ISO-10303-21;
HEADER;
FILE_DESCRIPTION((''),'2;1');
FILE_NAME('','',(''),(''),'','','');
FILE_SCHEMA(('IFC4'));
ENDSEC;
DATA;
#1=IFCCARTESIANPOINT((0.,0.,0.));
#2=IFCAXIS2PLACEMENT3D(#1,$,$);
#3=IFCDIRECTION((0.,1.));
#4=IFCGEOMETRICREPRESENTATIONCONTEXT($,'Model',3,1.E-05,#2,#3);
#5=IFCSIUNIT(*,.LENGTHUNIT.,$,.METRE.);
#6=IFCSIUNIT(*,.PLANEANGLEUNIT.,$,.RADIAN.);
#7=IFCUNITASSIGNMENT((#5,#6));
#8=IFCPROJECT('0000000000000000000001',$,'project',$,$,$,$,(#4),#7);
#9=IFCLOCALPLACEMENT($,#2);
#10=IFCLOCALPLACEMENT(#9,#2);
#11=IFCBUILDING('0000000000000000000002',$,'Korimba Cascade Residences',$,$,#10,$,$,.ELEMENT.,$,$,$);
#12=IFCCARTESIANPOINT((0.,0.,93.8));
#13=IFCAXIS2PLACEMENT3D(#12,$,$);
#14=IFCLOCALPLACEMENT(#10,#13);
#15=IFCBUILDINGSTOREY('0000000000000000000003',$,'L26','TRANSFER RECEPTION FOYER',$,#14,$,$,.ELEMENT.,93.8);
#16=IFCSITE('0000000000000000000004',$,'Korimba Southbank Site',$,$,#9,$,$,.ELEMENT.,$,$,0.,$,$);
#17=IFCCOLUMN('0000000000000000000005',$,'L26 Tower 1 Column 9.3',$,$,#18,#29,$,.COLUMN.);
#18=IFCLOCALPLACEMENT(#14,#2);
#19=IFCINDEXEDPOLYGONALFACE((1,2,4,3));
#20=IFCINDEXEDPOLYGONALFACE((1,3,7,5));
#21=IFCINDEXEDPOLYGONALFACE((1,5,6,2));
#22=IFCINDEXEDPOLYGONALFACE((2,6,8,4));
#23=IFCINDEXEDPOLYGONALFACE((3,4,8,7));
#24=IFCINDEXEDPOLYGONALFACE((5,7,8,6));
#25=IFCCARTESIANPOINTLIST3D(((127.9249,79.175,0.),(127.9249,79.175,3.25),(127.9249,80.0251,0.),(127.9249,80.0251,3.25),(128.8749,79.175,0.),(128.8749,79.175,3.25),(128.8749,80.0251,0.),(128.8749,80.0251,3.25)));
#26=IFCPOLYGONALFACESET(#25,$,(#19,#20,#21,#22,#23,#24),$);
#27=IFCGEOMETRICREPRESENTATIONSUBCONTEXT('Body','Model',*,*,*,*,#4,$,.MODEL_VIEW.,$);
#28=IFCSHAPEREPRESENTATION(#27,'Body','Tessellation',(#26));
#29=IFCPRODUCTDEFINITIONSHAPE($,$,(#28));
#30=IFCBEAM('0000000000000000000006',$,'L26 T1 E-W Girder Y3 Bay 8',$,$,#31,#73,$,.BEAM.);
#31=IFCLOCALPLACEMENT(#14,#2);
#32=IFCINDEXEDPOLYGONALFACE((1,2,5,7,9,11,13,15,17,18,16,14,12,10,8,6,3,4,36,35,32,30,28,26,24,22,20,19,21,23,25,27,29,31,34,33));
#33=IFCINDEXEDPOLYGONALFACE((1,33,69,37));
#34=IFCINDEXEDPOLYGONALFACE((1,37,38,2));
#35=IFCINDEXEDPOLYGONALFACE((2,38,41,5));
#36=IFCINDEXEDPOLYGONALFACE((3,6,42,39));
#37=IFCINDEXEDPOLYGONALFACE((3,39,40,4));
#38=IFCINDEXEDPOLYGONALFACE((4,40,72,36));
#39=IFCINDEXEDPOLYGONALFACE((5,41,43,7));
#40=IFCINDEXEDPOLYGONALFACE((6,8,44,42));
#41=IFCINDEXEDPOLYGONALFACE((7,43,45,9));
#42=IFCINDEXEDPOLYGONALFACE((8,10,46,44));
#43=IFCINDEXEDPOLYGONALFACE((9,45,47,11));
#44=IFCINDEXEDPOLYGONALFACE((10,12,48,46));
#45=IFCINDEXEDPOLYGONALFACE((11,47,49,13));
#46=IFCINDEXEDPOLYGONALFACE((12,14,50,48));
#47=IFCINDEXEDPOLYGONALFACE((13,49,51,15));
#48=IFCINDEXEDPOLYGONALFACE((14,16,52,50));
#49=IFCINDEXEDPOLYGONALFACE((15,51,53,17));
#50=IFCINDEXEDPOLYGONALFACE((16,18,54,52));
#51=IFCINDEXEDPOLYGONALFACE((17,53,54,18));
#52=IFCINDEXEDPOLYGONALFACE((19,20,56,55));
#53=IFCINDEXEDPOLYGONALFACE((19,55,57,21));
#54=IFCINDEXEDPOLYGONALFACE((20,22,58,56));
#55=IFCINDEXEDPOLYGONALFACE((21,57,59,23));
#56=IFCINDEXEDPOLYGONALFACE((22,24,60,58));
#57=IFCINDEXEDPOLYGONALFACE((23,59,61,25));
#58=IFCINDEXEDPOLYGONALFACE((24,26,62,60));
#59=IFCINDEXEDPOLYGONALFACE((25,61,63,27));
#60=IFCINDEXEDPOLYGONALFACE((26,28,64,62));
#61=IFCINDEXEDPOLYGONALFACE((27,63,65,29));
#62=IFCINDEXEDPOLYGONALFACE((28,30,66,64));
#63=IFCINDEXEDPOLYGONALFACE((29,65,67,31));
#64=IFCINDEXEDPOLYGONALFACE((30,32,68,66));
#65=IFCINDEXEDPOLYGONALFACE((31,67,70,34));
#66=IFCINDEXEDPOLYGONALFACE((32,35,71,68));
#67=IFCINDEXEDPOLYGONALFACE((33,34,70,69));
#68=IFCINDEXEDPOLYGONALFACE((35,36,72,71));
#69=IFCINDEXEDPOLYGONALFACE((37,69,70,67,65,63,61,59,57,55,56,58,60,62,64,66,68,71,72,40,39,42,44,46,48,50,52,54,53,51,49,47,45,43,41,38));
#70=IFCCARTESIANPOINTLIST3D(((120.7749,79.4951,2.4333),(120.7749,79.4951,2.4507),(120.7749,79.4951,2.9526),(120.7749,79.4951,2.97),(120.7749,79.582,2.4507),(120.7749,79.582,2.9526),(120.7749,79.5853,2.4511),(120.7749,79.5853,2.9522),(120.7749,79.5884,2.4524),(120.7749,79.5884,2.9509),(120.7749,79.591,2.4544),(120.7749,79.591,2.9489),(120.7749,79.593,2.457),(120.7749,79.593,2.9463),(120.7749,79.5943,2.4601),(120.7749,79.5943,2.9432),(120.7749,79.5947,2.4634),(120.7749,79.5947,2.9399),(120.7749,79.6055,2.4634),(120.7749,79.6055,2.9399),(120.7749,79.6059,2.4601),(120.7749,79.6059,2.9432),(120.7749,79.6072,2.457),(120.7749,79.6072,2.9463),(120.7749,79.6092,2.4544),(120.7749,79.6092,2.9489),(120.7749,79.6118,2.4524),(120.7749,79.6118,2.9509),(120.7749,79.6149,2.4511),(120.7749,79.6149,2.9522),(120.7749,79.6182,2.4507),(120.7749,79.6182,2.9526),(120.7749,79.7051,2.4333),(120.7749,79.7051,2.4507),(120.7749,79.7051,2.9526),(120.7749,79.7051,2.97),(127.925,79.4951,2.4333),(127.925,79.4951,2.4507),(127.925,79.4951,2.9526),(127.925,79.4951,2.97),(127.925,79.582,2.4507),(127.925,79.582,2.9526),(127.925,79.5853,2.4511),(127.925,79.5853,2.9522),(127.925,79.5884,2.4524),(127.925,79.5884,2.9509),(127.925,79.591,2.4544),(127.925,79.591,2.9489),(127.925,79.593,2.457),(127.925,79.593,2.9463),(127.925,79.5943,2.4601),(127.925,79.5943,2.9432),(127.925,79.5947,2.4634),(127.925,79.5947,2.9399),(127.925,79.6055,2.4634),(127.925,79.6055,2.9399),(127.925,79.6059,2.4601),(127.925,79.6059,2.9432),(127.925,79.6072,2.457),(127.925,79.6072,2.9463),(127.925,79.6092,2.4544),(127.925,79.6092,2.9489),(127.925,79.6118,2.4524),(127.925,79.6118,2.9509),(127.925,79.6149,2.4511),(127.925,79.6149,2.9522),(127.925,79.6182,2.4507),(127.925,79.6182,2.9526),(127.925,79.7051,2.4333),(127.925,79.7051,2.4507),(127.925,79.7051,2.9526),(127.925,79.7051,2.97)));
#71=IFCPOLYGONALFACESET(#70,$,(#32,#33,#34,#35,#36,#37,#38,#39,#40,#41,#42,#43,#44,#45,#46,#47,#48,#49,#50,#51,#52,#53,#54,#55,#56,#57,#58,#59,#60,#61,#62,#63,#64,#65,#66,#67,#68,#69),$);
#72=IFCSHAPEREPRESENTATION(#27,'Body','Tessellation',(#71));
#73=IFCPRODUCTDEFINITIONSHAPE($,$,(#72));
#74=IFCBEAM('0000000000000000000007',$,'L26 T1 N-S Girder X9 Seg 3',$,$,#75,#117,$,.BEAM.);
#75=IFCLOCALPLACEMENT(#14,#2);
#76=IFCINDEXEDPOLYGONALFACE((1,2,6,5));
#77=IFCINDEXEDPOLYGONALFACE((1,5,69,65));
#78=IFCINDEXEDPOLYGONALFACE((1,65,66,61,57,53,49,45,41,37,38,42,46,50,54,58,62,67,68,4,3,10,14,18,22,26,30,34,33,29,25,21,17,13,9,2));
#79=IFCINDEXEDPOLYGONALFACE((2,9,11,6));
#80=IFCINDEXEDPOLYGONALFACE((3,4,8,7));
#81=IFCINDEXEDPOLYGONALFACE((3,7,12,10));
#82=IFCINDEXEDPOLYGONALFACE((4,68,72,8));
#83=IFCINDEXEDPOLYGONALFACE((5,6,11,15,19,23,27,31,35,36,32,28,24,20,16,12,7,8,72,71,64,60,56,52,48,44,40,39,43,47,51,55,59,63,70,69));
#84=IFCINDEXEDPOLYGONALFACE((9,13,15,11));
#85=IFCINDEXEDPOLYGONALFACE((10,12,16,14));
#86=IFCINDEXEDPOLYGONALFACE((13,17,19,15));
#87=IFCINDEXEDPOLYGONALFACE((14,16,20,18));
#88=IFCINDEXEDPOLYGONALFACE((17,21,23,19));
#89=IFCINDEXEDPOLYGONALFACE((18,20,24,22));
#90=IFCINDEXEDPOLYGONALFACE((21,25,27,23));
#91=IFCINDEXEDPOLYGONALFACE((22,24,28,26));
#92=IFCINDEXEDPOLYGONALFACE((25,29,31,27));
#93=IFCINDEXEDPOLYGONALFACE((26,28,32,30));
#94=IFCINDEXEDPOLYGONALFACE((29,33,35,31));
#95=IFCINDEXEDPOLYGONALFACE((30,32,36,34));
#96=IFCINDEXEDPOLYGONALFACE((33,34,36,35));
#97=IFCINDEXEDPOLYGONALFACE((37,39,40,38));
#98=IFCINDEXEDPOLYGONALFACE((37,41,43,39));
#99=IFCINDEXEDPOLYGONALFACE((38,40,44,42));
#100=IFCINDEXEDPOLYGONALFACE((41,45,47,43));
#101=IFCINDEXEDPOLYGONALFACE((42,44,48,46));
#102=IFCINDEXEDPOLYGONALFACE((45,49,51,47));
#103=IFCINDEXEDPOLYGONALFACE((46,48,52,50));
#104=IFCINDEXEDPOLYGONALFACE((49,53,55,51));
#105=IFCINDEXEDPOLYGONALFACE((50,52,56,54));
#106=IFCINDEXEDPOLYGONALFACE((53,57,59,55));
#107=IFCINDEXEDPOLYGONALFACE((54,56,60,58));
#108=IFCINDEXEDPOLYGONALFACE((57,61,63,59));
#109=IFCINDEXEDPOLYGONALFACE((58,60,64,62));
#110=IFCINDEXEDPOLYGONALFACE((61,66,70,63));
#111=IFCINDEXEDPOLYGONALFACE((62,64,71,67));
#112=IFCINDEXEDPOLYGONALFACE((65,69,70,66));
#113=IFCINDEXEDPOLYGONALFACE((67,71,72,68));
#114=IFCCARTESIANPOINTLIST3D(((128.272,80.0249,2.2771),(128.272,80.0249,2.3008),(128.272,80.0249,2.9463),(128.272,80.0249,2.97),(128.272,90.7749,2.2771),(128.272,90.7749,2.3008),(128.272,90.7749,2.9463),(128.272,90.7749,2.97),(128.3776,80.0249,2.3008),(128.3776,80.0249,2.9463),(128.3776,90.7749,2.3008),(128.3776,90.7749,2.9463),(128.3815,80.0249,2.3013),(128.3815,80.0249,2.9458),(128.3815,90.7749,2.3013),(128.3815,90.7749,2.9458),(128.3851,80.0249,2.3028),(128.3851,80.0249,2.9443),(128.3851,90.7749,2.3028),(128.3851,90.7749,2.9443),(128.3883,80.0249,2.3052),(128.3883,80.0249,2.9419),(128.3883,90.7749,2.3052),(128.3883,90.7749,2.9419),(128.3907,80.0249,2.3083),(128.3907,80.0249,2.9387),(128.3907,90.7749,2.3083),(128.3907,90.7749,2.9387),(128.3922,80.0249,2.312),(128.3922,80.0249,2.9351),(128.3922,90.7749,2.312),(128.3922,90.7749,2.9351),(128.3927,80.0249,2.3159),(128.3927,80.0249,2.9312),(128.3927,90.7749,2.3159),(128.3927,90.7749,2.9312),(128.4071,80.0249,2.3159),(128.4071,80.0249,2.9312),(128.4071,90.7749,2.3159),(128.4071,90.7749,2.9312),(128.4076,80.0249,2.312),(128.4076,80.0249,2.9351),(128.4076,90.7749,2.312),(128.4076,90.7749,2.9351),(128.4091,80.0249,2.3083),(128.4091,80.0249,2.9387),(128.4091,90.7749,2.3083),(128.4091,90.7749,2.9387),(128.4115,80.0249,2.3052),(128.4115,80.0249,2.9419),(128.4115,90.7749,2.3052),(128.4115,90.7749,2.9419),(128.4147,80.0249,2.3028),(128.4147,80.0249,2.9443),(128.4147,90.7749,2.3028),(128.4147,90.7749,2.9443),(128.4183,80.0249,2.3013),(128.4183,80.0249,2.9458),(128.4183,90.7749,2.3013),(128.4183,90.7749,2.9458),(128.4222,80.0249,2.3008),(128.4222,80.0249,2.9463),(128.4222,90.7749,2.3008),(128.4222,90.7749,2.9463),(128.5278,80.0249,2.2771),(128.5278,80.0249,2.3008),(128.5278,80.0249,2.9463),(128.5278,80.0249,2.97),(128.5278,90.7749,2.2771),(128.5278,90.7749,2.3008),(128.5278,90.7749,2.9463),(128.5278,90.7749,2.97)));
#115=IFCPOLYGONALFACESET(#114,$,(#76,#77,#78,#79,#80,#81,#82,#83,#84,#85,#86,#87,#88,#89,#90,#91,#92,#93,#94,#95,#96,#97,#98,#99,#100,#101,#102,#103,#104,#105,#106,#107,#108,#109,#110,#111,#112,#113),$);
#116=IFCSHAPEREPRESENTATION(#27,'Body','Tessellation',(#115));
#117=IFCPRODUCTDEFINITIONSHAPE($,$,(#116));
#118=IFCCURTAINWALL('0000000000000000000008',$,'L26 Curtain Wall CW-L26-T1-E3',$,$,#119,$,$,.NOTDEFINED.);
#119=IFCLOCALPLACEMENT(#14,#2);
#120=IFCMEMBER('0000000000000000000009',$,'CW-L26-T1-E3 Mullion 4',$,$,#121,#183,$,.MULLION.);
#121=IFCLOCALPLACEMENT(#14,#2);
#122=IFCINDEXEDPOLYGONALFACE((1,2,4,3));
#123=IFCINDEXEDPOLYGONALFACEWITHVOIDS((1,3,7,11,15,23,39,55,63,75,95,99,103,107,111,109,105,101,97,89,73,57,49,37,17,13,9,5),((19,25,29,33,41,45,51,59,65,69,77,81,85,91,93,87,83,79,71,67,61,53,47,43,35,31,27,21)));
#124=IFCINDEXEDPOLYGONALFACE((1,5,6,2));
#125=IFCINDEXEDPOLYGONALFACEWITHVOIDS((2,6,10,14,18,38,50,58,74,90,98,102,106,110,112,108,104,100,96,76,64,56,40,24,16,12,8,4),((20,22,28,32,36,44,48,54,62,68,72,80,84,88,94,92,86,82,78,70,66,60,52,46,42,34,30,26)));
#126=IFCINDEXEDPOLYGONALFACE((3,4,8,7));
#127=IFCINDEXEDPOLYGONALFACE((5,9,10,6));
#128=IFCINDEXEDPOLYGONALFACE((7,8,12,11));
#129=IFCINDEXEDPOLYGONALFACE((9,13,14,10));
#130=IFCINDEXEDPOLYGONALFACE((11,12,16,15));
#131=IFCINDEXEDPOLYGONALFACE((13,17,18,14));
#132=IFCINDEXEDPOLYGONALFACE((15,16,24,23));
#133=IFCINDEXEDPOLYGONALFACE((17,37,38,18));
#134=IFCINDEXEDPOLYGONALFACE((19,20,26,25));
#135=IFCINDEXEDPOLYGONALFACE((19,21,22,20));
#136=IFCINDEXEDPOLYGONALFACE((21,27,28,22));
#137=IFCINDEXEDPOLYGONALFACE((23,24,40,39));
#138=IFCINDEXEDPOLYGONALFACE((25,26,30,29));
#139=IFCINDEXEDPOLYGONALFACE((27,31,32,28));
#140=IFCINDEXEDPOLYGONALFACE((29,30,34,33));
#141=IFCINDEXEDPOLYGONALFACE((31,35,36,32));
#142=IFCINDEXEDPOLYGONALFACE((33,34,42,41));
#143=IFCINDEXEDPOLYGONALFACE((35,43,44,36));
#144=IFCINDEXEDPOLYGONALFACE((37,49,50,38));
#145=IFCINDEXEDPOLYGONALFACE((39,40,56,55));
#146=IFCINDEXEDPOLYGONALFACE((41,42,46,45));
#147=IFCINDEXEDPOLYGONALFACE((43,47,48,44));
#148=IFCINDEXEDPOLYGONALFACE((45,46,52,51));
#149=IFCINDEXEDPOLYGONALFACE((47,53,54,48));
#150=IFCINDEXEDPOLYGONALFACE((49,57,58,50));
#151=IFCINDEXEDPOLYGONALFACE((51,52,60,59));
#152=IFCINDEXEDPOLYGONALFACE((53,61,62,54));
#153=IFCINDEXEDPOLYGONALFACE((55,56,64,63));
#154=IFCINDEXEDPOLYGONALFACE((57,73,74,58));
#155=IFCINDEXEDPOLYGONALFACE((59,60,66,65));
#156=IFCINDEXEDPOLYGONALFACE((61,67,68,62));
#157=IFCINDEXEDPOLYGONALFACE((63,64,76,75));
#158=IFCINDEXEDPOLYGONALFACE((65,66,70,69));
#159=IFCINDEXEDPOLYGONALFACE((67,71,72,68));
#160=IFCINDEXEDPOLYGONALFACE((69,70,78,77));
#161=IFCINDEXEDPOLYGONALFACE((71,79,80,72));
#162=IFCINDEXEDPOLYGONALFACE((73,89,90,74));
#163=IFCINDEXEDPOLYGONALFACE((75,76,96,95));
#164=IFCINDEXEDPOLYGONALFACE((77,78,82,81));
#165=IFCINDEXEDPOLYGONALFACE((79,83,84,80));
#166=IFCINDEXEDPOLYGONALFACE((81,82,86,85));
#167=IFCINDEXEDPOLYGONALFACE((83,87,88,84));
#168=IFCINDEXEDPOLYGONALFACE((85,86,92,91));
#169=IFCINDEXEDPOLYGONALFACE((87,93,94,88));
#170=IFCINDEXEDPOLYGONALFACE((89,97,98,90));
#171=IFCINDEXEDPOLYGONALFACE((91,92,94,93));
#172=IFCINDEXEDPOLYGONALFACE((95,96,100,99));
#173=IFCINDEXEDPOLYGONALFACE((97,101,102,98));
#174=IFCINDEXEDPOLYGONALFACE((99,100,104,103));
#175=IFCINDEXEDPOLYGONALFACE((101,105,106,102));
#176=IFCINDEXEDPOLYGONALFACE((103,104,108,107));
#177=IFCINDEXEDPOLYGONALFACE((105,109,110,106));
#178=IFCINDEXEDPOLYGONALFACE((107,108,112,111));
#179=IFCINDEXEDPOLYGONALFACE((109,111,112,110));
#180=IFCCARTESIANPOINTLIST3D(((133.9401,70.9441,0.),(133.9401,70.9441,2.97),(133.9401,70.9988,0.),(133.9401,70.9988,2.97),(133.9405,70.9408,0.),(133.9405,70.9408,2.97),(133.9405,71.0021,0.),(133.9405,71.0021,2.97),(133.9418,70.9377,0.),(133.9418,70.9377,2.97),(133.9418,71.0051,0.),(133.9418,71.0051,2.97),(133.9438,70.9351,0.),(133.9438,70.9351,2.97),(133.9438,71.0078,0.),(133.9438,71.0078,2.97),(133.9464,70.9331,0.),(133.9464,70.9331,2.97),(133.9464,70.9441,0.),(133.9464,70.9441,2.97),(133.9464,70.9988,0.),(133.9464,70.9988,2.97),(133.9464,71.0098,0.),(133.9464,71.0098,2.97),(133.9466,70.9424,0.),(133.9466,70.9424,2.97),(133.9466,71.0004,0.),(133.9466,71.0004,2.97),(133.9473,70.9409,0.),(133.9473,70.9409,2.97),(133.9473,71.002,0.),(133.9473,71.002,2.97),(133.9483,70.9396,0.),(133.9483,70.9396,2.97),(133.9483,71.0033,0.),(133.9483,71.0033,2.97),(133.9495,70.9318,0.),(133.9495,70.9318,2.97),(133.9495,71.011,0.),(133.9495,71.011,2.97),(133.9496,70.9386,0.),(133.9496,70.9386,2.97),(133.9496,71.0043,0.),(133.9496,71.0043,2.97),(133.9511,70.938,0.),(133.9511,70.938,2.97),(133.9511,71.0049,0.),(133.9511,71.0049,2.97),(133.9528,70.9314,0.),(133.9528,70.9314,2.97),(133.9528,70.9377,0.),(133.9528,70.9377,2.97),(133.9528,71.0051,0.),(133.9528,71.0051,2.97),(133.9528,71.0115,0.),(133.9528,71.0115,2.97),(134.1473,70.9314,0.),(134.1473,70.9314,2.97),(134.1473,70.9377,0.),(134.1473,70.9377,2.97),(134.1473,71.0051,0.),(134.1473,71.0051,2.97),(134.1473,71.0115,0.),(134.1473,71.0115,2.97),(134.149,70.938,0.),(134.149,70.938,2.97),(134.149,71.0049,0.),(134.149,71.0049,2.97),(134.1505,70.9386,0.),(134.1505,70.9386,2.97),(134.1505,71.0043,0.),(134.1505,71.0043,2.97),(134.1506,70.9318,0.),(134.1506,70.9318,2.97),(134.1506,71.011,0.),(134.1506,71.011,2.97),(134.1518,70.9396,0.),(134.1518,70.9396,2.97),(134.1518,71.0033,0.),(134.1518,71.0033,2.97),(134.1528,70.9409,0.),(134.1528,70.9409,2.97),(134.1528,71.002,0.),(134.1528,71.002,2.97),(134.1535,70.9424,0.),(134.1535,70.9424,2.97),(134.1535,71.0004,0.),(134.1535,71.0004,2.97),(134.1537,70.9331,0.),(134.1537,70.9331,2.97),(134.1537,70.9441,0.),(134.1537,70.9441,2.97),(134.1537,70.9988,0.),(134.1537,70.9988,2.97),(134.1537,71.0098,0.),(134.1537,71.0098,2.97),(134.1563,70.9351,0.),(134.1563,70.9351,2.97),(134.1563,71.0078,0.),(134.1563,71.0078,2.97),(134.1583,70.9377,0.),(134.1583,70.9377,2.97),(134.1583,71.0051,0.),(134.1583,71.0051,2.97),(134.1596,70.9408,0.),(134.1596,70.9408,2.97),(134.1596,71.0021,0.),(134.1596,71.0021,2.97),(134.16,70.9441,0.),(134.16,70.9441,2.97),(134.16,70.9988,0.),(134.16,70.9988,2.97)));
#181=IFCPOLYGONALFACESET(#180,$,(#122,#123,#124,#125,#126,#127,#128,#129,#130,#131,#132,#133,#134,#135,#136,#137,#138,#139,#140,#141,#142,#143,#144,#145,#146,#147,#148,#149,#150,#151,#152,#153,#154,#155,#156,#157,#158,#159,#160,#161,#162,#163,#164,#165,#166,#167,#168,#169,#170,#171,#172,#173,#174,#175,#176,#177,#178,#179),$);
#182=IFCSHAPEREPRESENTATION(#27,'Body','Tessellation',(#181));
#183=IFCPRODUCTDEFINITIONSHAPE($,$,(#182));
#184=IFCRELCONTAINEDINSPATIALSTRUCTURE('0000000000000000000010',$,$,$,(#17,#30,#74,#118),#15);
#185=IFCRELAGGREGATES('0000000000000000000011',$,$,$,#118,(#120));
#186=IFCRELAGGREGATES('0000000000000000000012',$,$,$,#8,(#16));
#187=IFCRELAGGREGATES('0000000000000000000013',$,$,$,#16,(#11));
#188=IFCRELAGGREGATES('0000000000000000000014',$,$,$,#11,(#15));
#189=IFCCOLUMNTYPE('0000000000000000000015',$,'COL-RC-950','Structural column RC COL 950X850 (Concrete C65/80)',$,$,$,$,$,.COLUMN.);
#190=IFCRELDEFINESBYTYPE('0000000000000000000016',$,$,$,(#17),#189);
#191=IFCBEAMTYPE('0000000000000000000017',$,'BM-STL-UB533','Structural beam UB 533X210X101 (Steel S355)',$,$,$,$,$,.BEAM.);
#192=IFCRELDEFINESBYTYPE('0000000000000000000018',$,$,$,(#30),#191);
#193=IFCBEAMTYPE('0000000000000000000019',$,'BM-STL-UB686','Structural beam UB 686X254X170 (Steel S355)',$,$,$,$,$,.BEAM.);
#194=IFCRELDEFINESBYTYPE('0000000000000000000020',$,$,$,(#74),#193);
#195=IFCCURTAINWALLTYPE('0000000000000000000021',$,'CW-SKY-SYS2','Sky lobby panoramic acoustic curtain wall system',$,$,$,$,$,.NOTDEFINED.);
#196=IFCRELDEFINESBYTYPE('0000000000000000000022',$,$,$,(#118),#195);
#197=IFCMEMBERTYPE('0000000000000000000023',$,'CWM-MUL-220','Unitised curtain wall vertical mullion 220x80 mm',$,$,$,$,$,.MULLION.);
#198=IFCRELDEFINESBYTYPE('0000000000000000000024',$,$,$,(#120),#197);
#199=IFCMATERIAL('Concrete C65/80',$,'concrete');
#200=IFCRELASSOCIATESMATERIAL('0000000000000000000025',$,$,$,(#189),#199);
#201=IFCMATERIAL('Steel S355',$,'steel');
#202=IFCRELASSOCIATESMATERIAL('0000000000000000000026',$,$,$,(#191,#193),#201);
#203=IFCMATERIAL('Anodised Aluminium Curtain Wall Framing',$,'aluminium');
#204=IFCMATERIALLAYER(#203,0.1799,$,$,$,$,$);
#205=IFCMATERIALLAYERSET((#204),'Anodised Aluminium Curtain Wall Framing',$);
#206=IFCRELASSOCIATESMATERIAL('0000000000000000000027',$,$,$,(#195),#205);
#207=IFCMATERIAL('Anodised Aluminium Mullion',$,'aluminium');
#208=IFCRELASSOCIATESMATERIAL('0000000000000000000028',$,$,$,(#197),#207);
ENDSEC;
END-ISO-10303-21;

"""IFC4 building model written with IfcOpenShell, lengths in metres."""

from ifc_helpers import new_model, si_unit, direction, frame, origin, origin_2d, place, context, subcontext, project, spatial, rectangle, hollow_rectangle, i_section, extrude, material, layer, layer_set, material_profile, profile_set, type_object, element, aggregate, save


model = new_model("IFC4")

# Units and contexts
model_context = context("Model", 3, precision=1e-05, world=origin(), true_north=direction((0.0, 1.0)))
body_context = subcontext(model_context, "Body", "Model", "MODEL_VIEW")
ifc_project = project(units=[si_unit("LENGTHUNIT", "METRE"), si_unit("PLANEANGLEUNIT", "RADIAN")], contexts=[model_context])

# Site, building, storey
site_placement = place(None, origin())
site = spatial("IfcSite", under=ifc_project, at=site_placement, Name="Korimba Southbank Site", CompositionType="ELEMENT", RefElevation=0.0)
building_placement = place(site_placement, origin())
building = spatial("IfcBuilding", under=site, at=building_placement, Name="Korimba Cascade Residences", CompositionType="ELEMENT")
storey_placement = place(building_placement, frame((0.0, 0.0, 93.8)))
storey = spatial("IfcBuildingStorey", under=building, at=storey_placement, Name="L26", Description="TRANSFER RECEPTION FOYER", CompositionType="ELEMENT", Elevation=93.8)

# Column
ifc_material_1 = material(Name="Concrete C65/80", Category="concrete")
ifc_material_profile_1 = material_profile(ifc_material_1, rectangle(XDim=0.95, YDim=0.8501, at=origin_2d()), Name="Concrete C65/80")
ifc_profile_set_1 = profile_set([ifc_material_profile_1], Name="Concrete C65/80")
column_type = type_object("IfcColumnType", Name="COL-RC-950", Description="Structural column RC COL 950X850 (Concrete C65/80)", PredefinedType="COLUMN", material=ifc_profile_set_1)
column_placement = place(storey_placement, frame((128.3999, 79.6001, 0.0), z_axis=(0.0, 0.0, 1.0), x_axis=(1.0, 0.0, 0.0)))
element("IfcColumn", 1, at=column_placement, inside=storey, type_object=column_type, Name="L26 Tower 1 Column 9.3", PredefinedType="COLUMN", context=body_context, shape_type="SweptSolid", body=[
    extrude(rectangle(XDim=0.95, YDim=0.8501, at=origin_2d()), origin(), (0.0, 0.0, 1.0), 3.25),
])

# Beams
ifc_material_2 = material(Name="Steel S355", Category="steel")
ifc_material_profile_2 = material_profile(ifc_material_2, i_section(OverallWidth=0.21, OverallDepth=0.5366, WebThickness=0.0107, FlangeThickness=0.0173, FilletRadius=0.0127, at=origin_2d()), Name="Steel S355")
ifc_profile_set_2 = profile_set([ifc_material_profile_2], Name="Steel S355")
beam_type_1 = type_object("IfcBeamType", Name="BM-STL-UB533", Description="Structural beam UB 533X210X101 (Steel S355)", PredefinedType="BEAM", material=ifc_profile_set_2)
beam_1_placement = place(storey_placement, frame((120.7749, 79.6001, 2.7017), z_axis=(1.0, 0.0, 0.0), x_axis=(0.0, 1.0, 0.0)))
element("IfcBeam", 2, at=beam_1_placement, inside=storey, type_object=beam_type_1, Name="L26 T1 E-W Girder Y3 Bay 8", PredefinedType="BEAM", context=body_context, shape_type="SweptSolid", body=[
    extrude(i_section(OverallWidth=0.21, OverallDepth=0.5366, WebThickness=0.0107, FlangeThickness=0.0173, FilletRadius=0.0127, at=origin_2d()), origin(), (0.0, 0.0, 1.0), 7.1501),
])
ifc_material_profile_3 = material_profile(ifc_material_2, i_section(OverallWidth=0.2559, OverallDepth=0.6929, WebThickness=0.0144, FlangeThickness=0.0237, FilletRadius=0.0151, at=origin_2d()), Name="Steel S355")
ifc_profile_set_3 = profile_set([ifc_material_profile_3], Name="Steel S355")
beam_type_2 = type_object("IfcBeamType", Name="BM-STL-UB686", Description="Structural beam UB 686X254X170 (Steel S355)", PredefinedType="BEAM", material=ifc_profile_set_3)
beam_2_placement = place(storey_placement, frame((128.3999, 80.0249, 2.6235), z_axis=(0.0, 1.0, 0.0), x_axis=(-1.0, 0.0, 0.0)))
element("IfcBeam", 3, at=beam_2_placement, inside=storey, type_object=beam_type_2, Name="L26 T1 N-S Girder X9 Seg 3", PredefinedType="BEAM", context=body_context, shape_type="SweptSolid", body=[
    extrude(i_section(OverallWidth=0.2559, OverallDepth=0.6929, WebThickness=0.0144, FlangeThickness=0.0237, FilletRadius=0.0151, at=origin_2d()), origin(), (0.0, 0.0, 1.0), 10.75),
])

# Curtain wall, member
ifc_material_3 = material(Name="Anodised Aluminium Curtain Wall Framing", Category="aluminium")
ifc_layer_1 = layer(ifc_material_3, 0.1799)
ifc_layer_set_1 = layer_set([ifc_layer_1], Name="Anodised Aluminium Curtain Wall Framing")
curtain_wall_type = type_object("IfcCurtainWallType", Name="CW-SKY-SYS2", Description="Sky lobby panoramic acoustic curtain wall system", PredefinedType="NOTDEFINED", material=ifc_layer_set_1)
curtain_wall_placement = place(storey_placement, origin())
curtain_wall = element("IfcCurtainWall", 4, at=curtain_wall_placement, inside=storey, type_object=curtain_wall_type, Name="L26 Curtain Wall CW-L26-T1-E3", PredefinedType="NOTDEFINED")
ifc_material_4 = material(Name="Anodised Aluminium Mullion", Category="aluminium")
ifc_material_profile_4 = material_profile(ifc_material_4, hollow_rectangle(XDim=0.0801, YDim=0.22, WallThickness=0.0063, InnerFilletRadius=0.0063, OuterFilletRadius=0.0127, at=origin_2d()), Name="Anodised Aluminium Mullion")
ifc_profile_set_4 = profile_set([ifc_material_profile_4], Name="Anodised Aluminium Mullion")
member_type_1 = type_object("IfcMemberType", Name="CWM-MUL-220", Description="Unitised curtain wall vertical mullion 220x80 mm", PredefinedType="MULLION", material=ifc_profile_set_4)
member_1_placement = place(storey_placement, frame((134.05, 70.9714, 0.0), z_axis=(0.0, 0.0, 1.0), x_axis=(0.0, 1.0, 0.0)))
member_1 = element("IfcMember", 5, at=member_1_placement, type_object=member_type_1, Name="CW-L26-T1-E3 Mullion 4", PredefinedType="MULLION", context=body_context, shape_type="SweptSolid", body=[
    extrude(hollow_rectangle(XDim=0.0801, YDim=0.22, WallThickness=0.0063, InnerFilletRadius=0.0063, OuterFilletRadius=0.0127, at=origin_2d()), origin(), (0.0, 0.0, 1.0), 2.97),
])
aggregate(curtain_wall, [member_1])

save(model, "model.ifc")
